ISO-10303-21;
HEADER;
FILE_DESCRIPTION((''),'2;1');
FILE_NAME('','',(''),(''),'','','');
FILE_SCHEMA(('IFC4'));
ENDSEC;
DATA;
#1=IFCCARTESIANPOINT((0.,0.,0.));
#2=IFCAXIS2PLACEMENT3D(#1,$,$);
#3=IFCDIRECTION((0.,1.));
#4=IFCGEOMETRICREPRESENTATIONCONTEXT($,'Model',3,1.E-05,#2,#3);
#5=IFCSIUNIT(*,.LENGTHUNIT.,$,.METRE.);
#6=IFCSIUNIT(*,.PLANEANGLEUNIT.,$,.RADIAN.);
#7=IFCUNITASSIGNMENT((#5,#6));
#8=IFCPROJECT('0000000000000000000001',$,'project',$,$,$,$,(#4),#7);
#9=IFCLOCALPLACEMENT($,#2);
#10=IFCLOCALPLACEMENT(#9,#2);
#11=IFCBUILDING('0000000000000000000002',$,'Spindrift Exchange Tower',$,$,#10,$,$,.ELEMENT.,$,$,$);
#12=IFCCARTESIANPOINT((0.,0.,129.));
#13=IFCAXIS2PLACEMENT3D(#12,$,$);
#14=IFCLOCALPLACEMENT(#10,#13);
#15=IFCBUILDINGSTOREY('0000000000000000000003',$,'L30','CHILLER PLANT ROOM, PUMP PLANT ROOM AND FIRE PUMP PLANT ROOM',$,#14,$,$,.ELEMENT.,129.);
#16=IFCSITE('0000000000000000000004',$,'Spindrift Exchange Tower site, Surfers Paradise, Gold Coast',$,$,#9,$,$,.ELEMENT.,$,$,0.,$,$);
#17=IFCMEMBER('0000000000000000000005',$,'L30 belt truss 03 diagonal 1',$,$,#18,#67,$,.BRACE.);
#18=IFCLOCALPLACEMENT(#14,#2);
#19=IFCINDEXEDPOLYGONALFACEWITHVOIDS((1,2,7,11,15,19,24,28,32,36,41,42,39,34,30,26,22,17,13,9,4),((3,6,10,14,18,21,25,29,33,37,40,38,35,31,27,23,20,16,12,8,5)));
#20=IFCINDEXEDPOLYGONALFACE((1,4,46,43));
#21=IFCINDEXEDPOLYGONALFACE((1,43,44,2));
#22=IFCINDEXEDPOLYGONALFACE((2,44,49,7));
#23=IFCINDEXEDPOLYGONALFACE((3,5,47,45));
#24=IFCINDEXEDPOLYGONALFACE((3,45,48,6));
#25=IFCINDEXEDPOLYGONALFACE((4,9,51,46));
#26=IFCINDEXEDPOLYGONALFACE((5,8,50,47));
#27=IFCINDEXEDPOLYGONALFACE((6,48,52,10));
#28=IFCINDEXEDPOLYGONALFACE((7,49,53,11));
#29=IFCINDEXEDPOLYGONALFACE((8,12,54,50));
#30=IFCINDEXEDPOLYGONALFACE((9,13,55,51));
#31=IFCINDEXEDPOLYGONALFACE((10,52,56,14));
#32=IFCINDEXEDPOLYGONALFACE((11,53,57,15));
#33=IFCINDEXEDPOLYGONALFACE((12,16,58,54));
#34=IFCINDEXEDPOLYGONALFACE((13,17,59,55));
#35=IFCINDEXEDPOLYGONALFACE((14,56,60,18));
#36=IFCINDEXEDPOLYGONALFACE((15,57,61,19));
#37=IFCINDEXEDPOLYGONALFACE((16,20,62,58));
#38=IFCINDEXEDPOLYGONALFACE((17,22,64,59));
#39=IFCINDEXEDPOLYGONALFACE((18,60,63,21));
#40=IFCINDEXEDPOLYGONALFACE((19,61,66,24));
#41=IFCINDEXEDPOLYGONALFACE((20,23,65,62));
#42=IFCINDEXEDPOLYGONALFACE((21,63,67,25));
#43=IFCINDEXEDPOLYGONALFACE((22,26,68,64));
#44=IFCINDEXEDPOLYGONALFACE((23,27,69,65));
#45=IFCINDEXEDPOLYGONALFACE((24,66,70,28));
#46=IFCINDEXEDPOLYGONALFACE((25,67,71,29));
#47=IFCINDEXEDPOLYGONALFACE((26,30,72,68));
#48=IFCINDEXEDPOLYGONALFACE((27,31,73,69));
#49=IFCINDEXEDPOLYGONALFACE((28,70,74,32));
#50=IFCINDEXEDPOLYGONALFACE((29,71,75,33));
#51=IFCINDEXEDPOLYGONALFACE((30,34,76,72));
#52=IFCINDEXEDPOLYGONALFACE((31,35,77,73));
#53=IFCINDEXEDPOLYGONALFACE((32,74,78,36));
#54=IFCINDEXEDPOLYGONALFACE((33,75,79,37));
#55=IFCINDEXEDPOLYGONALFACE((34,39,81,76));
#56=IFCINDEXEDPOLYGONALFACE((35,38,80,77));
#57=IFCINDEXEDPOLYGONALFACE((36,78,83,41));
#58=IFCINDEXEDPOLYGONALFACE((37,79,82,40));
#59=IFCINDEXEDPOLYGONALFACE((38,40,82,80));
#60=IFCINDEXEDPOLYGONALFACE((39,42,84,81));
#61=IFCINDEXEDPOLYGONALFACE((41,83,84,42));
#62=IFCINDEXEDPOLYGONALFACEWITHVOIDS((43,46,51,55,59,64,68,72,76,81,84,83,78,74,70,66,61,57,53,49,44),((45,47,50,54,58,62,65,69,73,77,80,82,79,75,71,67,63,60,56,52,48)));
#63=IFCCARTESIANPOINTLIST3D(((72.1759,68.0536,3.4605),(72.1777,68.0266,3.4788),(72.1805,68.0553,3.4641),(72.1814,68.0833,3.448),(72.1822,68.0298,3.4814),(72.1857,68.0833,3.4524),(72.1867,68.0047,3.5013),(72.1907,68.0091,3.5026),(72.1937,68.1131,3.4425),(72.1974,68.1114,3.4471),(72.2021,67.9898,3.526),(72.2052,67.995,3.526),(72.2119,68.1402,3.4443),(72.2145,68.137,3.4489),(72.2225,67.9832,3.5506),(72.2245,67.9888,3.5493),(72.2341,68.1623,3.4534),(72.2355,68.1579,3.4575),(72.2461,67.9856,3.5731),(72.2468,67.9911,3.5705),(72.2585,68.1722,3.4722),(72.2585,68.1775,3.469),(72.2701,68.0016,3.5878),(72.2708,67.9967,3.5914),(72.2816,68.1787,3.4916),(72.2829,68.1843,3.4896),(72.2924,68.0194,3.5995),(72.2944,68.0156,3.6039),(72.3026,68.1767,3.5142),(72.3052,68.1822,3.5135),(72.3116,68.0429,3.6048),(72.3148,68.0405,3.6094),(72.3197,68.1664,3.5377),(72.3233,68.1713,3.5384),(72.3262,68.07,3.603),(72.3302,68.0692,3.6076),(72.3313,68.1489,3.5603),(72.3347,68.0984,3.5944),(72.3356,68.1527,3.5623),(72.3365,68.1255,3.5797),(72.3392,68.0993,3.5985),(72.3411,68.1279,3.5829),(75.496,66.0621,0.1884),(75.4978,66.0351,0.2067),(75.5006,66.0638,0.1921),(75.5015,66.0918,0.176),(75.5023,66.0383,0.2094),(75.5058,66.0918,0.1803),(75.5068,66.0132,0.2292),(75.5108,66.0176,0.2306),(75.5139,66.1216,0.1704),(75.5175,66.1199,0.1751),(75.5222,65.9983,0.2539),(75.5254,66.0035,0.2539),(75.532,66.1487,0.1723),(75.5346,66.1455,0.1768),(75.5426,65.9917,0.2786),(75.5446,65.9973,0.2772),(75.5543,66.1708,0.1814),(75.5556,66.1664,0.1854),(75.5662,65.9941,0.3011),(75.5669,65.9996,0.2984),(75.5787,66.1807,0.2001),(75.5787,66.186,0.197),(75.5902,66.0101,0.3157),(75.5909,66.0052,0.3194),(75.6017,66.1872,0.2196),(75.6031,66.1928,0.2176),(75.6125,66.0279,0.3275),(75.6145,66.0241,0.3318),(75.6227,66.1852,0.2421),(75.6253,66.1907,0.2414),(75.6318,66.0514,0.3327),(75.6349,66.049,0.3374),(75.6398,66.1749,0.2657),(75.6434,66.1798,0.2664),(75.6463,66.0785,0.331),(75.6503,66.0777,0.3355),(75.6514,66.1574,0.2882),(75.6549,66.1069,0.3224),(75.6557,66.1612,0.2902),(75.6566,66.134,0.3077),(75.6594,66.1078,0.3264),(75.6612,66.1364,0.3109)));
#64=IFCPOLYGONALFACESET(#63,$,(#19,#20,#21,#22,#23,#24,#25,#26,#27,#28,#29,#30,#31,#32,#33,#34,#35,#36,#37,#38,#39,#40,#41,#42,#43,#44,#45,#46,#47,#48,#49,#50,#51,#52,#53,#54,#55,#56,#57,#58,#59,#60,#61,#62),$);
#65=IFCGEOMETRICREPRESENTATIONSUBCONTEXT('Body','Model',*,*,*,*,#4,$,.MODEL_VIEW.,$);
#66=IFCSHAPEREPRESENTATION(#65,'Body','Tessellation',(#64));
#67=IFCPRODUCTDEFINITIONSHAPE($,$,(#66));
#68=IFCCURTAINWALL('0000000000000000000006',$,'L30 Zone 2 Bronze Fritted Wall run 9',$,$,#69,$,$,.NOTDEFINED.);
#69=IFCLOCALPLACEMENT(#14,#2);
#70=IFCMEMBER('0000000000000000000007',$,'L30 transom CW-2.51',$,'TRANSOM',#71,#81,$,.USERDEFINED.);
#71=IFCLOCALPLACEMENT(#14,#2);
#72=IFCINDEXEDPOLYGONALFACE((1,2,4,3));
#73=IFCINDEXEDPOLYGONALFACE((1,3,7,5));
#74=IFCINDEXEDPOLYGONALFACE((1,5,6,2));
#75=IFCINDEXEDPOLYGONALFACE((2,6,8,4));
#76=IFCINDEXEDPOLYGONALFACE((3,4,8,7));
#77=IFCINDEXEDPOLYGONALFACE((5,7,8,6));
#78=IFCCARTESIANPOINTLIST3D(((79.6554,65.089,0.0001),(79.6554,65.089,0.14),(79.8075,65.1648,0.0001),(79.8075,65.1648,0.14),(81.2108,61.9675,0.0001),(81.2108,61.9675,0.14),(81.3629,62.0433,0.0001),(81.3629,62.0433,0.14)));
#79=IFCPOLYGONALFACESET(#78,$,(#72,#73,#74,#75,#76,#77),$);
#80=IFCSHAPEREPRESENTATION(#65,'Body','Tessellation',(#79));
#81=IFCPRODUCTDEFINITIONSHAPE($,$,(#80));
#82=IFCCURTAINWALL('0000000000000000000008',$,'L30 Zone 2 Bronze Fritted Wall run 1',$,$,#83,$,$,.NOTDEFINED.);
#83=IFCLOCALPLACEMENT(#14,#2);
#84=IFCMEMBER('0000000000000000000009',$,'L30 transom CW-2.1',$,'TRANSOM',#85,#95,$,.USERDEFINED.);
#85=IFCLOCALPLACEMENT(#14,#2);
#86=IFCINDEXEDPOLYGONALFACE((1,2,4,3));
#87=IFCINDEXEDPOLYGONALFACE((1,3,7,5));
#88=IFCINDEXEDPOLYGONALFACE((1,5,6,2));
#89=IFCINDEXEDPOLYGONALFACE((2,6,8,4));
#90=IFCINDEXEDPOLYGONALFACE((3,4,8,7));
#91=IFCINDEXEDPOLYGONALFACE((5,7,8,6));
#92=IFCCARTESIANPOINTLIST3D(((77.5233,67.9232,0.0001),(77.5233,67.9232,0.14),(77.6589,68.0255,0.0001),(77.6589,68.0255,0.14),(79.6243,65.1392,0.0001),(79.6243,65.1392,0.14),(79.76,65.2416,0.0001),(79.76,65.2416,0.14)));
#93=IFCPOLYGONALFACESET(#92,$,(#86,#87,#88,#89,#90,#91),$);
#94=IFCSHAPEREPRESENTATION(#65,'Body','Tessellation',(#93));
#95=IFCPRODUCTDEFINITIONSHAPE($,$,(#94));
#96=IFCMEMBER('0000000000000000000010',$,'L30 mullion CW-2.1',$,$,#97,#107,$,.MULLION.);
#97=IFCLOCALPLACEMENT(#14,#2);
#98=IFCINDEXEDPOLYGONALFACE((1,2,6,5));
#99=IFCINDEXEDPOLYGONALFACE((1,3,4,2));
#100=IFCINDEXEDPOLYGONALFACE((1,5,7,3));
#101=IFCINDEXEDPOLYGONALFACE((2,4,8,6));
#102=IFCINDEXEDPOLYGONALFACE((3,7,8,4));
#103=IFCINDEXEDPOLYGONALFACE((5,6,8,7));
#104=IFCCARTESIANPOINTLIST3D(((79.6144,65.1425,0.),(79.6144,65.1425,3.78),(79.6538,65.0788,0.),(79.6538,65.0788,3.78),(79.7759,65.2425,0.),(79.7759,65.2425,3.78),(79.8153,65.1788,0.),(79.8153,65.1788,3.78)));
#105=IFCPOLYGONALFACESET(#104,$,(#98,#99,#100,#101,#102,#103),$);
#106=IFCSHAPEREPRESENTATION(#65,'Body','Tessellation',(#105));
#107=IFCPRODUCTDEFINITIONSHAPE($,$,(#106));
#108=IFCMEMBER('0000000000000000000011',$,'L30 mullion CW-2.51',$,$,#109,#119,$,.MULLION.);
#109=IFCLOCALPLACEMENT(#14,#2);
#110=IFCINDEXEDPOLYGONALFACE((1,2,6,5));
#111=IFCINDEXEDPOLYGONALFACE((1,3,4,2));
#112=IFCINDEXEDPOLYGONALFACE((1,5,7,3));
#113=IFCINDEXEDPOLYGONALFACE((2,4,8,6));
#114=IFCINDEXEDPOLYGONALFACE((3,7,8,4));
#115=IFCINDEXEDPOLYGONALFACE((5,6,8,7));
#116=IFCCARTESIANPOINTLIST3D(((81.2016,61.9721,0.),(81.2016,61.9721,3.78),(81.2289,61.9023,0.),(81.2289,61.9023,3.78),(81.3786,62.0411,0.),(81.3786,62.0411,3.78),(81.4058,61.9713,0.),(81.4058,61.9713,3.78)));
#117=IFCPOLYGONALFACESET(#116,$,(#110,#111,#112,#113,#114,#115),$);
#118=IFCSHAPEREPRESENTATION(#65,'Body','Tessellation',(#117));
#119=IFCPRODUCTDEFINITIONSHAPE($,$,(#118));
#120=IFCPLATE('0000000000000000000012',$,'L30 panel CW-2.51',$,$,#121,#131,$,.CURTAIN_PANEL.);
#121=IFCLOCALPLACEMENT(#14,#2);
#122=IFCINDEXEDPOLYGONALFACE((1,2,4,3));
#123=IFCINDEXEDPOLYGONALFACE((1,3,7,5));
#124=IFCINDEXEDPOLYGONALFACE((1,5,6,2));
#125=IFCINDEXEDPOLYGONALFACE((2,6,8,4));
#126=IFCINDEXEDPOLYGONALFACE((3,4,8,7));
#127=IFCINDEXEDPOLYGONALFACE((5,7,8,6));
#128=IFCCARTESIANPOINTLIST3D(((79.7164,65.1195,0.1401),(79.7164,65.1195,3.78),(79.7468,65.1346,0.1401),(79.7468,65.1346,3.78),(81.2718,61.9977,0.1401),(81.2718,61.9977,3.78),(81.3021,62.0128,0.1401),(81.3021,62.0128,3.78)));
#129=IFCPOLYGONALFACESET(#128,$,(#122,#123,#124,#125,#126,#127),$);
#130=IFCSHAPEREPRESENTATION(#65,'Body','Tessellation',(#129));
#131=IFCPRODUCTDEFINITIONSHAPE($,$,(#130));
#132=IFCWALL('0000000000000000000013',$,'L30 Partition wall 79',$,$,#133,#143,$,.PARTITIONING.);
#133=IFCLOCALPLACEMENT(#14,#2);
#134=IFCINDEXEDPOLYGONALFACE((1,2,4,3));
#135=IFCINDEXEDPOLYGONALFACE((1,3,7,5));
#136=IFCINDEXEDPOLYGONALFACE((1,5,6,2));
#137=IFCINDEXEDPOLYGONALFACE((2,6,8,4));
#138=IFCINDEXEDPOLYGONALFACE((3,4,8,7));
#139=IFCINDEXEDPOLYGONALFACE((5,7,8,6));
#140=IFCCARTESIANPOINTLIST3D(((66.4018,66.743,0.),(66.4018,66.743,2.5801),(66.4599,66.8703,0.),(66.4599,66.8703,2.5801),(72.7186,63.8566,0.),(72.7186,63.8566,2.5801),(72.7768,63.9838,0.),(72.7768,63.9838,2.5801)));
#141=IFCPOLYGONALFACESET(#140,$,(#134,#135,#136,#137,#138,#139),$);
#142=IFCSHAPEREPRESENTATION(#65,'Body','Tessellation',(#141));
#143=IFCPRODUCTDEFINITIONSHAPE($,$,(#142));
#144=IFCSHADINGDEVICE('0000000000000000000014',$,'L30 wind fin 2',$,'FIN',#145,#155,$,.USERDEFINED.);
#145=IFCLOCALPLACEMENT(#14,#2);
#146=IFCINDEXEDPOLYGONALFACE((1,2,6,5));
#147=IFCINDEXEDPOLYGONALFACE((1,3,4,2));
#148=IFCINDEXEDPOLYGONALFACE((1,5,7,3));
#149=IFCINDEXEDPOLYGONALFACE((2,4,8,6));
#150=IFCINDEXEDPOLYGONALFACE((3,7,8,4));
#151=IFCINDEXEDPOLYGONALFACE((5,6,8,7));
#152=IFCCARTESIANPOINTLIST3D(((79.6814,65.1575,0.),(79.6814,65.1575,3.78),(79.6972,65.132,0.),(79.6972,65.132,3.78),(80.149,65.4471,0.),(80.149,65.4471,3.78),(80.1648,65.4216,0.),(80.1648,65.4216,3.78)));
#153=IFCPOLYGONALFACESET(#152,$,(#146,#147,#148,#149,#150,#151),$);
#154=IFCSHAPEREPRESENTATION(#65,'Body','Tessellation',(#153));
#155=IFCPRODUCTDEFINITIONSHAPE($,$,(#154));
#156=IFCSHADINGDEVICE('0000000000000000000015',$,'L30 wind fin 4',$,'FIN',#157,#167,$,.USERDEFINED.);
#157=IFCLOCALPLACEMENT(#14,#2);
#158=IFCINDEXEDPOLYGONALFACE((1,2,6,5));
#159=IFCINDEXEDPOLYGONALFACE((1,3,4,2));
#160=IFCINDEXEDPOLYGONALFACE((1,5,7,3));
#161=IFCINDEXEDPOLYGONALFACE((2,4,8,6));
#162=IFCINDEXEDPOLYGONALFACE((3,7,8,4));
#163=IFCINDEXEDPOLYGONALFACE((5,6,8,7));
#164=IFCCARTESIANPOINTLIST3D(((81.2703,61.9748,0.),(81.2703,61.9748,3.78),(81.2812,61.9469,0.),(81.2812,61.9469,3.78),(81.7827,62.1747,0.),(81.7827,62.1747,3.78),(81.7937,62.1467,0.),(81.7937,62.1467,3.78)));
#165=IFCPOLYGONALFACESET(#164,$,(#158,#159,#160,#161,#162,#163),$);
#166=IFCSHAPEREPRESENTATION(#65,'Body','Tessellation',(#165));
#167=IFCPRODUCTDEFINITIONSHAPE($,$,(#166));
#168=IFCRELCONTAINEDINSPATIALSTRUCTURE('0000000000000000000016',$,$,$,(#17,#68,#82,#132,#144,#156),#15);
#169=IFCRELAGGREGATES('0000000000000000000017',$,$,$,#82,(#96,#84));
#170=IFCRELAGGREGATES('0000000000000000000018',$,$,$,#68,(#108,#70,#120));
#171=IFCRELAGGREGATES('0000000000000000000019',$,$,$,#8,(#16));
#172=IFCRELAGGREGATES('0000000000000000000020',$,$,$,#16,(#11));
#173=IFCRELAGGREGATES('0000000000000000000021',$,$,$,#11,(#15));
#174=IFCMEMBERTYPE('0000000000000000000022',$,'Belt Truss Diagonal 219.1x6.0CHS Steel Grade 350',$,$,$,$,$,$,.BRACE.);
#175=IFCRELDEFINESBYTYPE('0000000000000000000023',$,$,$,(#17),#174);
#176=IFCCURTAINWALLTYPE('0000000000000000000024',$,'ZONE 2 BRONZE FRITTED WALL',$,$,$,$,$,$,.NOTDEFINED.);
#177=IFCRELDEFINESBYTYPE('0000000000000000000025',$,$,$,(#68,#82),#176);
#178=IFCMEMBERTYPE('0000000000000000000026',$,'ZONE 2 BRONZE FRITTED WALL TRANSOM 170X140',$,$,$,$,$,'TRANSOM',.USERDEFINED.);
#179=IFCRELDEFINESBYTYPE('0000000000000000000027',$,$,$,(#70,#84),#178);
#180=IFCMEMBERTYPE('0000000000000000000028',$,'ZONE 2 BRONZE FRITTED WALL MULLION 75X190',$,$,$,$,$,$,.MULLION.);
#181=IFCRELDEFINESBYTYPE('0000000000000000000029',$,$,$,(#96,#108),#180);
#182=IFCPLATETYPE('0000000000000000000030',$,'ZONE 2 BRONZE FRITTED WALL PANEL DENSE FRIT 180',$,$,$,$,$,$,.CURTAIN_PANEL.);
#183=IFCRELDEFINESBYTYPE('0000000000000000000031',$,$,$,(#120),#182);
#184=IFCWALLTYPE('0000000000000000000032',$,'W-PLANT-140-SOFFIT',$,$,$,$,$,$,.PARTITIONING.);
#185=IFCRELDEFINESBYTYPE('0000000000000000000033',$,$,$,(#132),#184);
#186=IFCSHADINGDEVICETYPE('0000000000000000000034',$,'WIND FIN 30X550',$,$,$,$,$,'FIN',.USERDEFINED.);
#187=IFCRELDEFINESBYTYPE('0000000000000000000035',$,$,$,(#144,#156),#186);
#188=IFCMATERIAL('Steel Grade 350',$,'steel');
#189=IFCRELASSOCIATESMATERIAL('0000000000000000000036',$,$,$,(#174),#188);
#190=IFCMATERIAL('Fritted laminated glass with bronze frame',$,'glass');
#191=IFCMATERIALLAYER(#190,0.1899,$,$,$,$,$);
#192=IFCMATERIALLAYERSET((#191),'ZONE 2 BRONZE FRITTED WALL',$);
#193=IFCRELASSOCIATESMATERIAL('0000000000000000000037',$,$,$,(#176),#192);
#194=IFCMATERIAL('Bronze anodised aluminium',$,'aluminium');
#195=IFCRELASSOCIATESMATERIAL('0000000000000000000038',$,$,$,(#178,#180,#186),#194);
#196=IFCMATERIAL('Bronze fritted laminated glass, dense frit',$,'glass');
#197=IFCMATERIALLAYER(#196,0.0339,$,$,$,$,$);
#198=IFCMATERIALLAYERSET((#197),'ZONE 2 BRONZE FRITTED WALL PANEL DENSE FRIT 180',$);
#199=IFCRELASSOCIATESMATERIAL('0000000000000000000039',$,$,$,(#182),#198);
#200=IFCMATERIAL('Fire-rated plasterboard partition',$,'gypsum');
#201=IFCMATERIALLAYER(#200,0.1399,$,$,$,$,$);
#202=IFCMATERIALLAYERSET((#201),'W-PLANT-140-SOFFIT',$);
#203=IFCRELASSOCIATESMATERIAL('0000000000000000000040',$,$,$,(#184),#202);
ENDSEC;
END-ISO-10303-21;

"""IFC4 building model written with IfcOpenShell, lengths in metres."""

from ifc_helpers import new_model, si_unit, direction, frame, frame_2d, origin, origin_2d, place, context, subcontext, project, spatial, rectangle, hollow_circle, extrude, source, transform, mapped, material, layer, layer_set, material_profile, profile_set, type_object, element, aggregate, save


model = new_model("IFC4")

# Units and contexts
model_context = context("Model", 3, precision=1e-05, world=origin(), true_north=direction((0.0, 1.0)))
body_context = subcontext(model_context, "Body", "Model", "MODEL_VIEW")
ifc_project = project(units=[si_unit("LENGTHUNIT", "METRE"), si_unit("PLANEANGLEUNIT", "RADIAN")], contexts=[model_context])

# Site, building, storey
site_placement = place(None, origin())
site = spatial("IfcSite", under=ifc_project, at=site_placement, Name="Spindrift Exchange Tower site, Surfers Paradise, Gold Coast", CompositionType="ELEMENT", RefElevation=0.0)
building_placement = place(site_placement, origin())
building = spatial("IfcBuilding", under=site, at=building_placement, Name="Spindrift Exchange Tower", CompositionType="ELEMENT")
storey_placement = place(building_placement, frame((0.0, 0.0, 129.0)))
storey = spatial("IfcBuildingStorey", under=building, at=storey_placement, Name="L30", Description="CHILLER PLANT ROOM, PUMP PLANT ROOM AND FIRE PUMP PLANT ROOM", CompositionType="ELEMENT", Elevation=129.0)

# Member
ifc_material_1 = material(Name="Steel Grade 350", Category="steel")
ifc_material_profile_1 = material_profile(ifc_material_1, hollow_circle(Radius=0.1096, WallThickness=0.0061, at=origin_2d()), Name="219.1x6.0CHS")
ifc_profile_set_1 = profile_set([ifc_material_profile_1], Name="Steel Grade 350")
member_type_1 = type_object("IfcMemberType", Name="Belt Truss Diagonal 219.1x6.0CHS Steel Grade 350", PredefinedType="BRACE", material=ifc_profile_set_1)
shared_shape_1 = source(origin(), body_context, "Body", "SweptSolid", [
    extrude(hollow_circle(Radius=0.1096, WallThickness=0.0061, at=origin_2d()), origin(), (0.0, 0.0, 1.0), 5.0691),
])
member_1_placement = place(storey_placement, frame((75.5786, 66.0923, 0.2539), z_axis=(-0.654978, 0.392871, 0.645489), x_axis=(-0.514384, -0.85756, 0.0)))
element("IfcMember", 1, at=member_1_placement, inside=storey, type_object=member_type_1, Name="L30 belt truss 03 diagonal 1", PredefinedType="BRACE", context=body_context, shape_type="MappedRepresentation", body=[
    mapped(shared_shape_1, transform((0.0, 0.0, 0.0), scale=1.0)),
])

# Curtain wall, member
ifc_material_2 = material(Name="Fritted laminated glass with bronze frame", Category="glass")
ifc_layer_1 = layer(ifc_material_2, 0.1899)
ifc_layer_set_1 = layer_set([ifc_layer_1], Name="ZONE 2 BRONZE FRITTED WALL")
curtain_wall_type = type_object("IfcCurtainWallType", Name="ZONE 2 BRONZE FRITTED WALL", PredefinedType="NOTDEFINED", material=ifc_layer_set_1)
curtain_wall_1_placement = place(storey_placement, origin())
curtain_wall_1 = element("IfcCurtainWall", 2, at=curtain_wall_1_placement, inside=storey, type_object=curtain_wall_type, Name="L30 Zone 2 Bronze Fritted Wall run 9", PredefinedType="NOTDEFINED")
ifc_material_3 = material(Name="Bronze anodised aluminium", Category="aluminium")
ifc_material_profile_2 = material_profile(ifc_material_3, rectangle(XDim=0.1699, YDim=0.1399, at=origin_2d()), Name="ZONE 2 BRONZE FRITTED WALL TRANSOM 170X140")
ifc_profile_set_2 = profile_set([ifc_material_profile_2], Name="Bronze anodised aluminium")
member_type_2 = type_object("IfcMemberType", Name="ZONE 2 BRONZE FRITTED WALL TRANSOM 170X140", ElementType="TRANSOM", PredefinedType="USERDEFINED", material=ifc_profile_set_2)
shared_shape_2 = source(origin(), body_context, "Body", "SweptSolid", [
    extrude(rectangle(XDim=0.1699, YDim=0.1399, at=origin_2d()), origin(), (0.0, 0.0, 1.0), 3.4875),
])
member_2_placement = place(storey_placement, frame((81.2869, 62.0054, 0.0701), z_axis=(-0.445981, 0.895042, 0.0), x_axis=(-0.895042, -0.445981, 0.0)))
member_2 = element("IfcMember", 3, at=member_2_placement, type_object=member_type_2, Name="L30 transom CW-2.51", ObjectType="TRANSOM", PredefinedType="USERDEFINED", context=body_context, shape_type="MappedRepresentation", body=[
    mapped(shared_shape_2, transform((0.0, 0.0, 0.0), scale=1.0)),
])

# Curtain wall, members
curtain_wall_2_placement = place(storey_placement, origin())
curtain_wall_2 = element("IfcCurtainWall", 4, at=curtain_wall_2_placement, inside=storey, type_object=curtain_wall_type, Name="L30 Zone 2 Bronze Fritted Wall run 1", PredefinedType="NOTDEFINED")
shared_shape_3 = source(origin(), body_context, "Body", "SweptSolid", [
    extrude(rectangle(XDim=0.1699, YDim=0.1399, at=origin_2d()), origin(), (0.0, 0.0, 1.0), 3.4878),
])
member_3_placement = place(storey_placement, frame((79.6921, 65.1904, 0.0701), z_axis=(-0.602405, 0.79819, 0.0), x_axis=(-0.79819, -0.602405, 0.0)))
member_3 = element("IfcMember", 5, at=member_3_placement, type_object=member_type_2, Name="L30 transom CW-2.1", ObjectType="TRANSOM", PredefinedType="USERDEFINED", context=body_context, shape_type="MappedRepresentation", body=[
    mapped(shared_shape_3, transform((0.0, 0.0, 0.0), scale=1.0)),
])
ifc_material_profile_3 = material_profile(ifc_material_3, rectangle(XDim=0.075, YDim=0.1899, at=origin_2d()), Name="ZONE 2 BRONZE FRITTED WALL MULLION 75X190")
ifc_profile_set_3 = profile_set([ifc_material_profile_3], Name="Bronze anodised aluminium")
member_type_3 = type_object("IfcMemberType", Name="ZONE 2 BRONZE FRITTED WALL MULLION 75X190", PredefinedType="MULLION", material=ifc_profile_set_3)
shared_shape_4 = source(origin(), body_context, "Body", "SweptSolid", [
    extrude(rectangle(XDim=0.075, YDim=0.1899, at=origin_2d()), origin(), (0.0, 0.0, 1.0), 3.78),
])
member_4_placement = place(storey_placement, frame((79.7148, 65.1606, 0.0), z_axis=(0.0, 0.0, 1.0), x_axis=(-0.526427, 0.850221, 0.0)))
member_4 = element("IfcMember", 6, at=member_4_placement, type_object=member_type_3, Name="L30 mullion CW-2.1", PredefinedType="MULLION", context=body_context, shape_type="MappedRepresentation", body=[
    mapped(shared_shape_4, transform((0.0, 0.0, 0.0), scale=1.0)),
])
aggregate(curtain_wall_2, [member_4, member_3])

# Member
member_5_placement = place(storey_placement, frame((81.3037, 61.9717, 0.0), z_axis=(0.0, 0.0, 1.0), x_axis=(-0.363391, 0.931637, 0.0)))
member_5 = element("IfcMember", 7, at=member_5_placement, type_object=member_type_3, Name="L30 mullion CW-2.51", PredefinedType="MULLION", context=body_context, shape_type="MappedRepresentation", body=[
    mapped(shared_shape_4, transform((0.0, 0.0, 0.0), scale=1.0)),
])

# Plate
ifc_material_4 = material(Name="Bronze fritted laminated glass, dense frit", Category="glass")
ifc_layer_2 = layer(ifc_material_4, 0.0339)
ifc_layer_set_2 = layer_set([ifc_layer_2], Name="ZONE 2 BRONZE FRITTED WALL PANEL DENSE FRIT 180")
plate_type = type_object("IfcPlateType", Name="ZONE 2 BRONZE FRITTED WALL PANEL DENSE FRIT 180", PredefinedType="CURTAIN_PANEL", material=ifc_layer_set_2)
shared_shape_5 = source(origin(), body_context, "Body", "SweptSolid", [
    extrude(rectangle(XDim=3.4878, YDim=0.0339, at=origin_2d()), origin(), (0.0, 0.0, 1.0), 3.6399),
])
plate_placement = place(storey_placement, frame((80.5093, 63.5662, 0.1401), z_axis=(0.0, 0.0, 1.0), x_axis=(-0.445945, 0.89506, 0.0)))
plate = element("IfcPlate", 8, at=plate_placement, type_object=plate_type, Name="L30 panel CW-2.51", PredefinedType="CURTAIN_PANEL", context=body_context, shape_type="MappedRepresentation", body=[
    mapped(shared_shape_5, transform((0.0, 0.0, 0.0), scale=1.0)),
])
aggregate(curtain_wall_1, [member_5, member_2, plate])

# Wall
ifc_material_5 = material(Name="Fire-rated plasterboard partition", Category="gypsum")
ifc_layer_3 = layer(ifc_material_5, 0.1399)
ifc_layer_set_3 = layer_set([ifc_layer_3], Name="W-PLANT-140-SOFFIT")
wall_type = type_object("IfcWallType", Name="W-PLANT-140-SOFFIT", PredefinedType="PARTITIONING", material=ifc_layer_set_3)
wall_placement = place(storey_placement, frame((72.7478, 63.9202, 0.0), z_axis=(0.0, 0.0, 1.0), x_axis=(-0.909542, 0.415611, 0.0)))
element("IfcWall", 9, at=wall_placement, inside=storey, type_object=wall_type, Name="L30 Partition wall 79", PredefinedType="PARTITIONING", context=body_context, shape_type="SweptSolid", body=[
    extrude(rectangle(XDim=6.9451, YDim=0.1399, at=frame_2d((3.4727, 0.0))), origin(), (0.0, 0.0, 1.0), 2.5801),
])

# Shading devices
ifc_material_profile_4 = material_profile(ifc_material_3, rectangle(XDim=0.03, YDim=0.55, at=origin_2d()), Name="WIND FIN 30X550")
ifc_profile_set_4 = profile_set([ifc_material_profile_4], Name="Bronze anodised aluminium")
shading_device_type = type_object("IfcShadingDeviceType", Name="WIND FIN 30X550", ElementType="FIN", PredefinedType="USERDEFINED", material=ifc_profile_set_4)
shared_shape_6 = source(origin(), body_context, "Body", "SweptSolid", [
    extrude(rectangle(XDim=0.03, YDim=0.55, at=origin_2d()), origin(), (0.0, 0.0, 1.0), 3.78),
])
for number, where, z_axis, x_axis, name in (
    (10, (79.9231, 65.2896, 0.0), (0.0, 0.0, 1.0), (-0.526426, 0.850221, 0.0), "L30 wind fin 2"),
    (11, (81.532, 62.0608, 0.0), (0.0, 0.0, 1.0), (-0.363391, 0.931637, 0.0), "L30 wind fin 4"),
):
    element("IfcShadingDevice", number, at=place(storey_placement, frame(where, z_axis=z_axis, x_axis=x_axis)), inside=storey, type_object=shading_device_type, Name=name, ObjectType="FIN", PredefinedType="USERDEFINED", context=body_context, shape_type="MappedRepresentation", body=[
        mapped(shared_shape_6, transform((0.0, 0.0, 0.0), scale=1.0)),
    ])

save(model, "model.ifc")
